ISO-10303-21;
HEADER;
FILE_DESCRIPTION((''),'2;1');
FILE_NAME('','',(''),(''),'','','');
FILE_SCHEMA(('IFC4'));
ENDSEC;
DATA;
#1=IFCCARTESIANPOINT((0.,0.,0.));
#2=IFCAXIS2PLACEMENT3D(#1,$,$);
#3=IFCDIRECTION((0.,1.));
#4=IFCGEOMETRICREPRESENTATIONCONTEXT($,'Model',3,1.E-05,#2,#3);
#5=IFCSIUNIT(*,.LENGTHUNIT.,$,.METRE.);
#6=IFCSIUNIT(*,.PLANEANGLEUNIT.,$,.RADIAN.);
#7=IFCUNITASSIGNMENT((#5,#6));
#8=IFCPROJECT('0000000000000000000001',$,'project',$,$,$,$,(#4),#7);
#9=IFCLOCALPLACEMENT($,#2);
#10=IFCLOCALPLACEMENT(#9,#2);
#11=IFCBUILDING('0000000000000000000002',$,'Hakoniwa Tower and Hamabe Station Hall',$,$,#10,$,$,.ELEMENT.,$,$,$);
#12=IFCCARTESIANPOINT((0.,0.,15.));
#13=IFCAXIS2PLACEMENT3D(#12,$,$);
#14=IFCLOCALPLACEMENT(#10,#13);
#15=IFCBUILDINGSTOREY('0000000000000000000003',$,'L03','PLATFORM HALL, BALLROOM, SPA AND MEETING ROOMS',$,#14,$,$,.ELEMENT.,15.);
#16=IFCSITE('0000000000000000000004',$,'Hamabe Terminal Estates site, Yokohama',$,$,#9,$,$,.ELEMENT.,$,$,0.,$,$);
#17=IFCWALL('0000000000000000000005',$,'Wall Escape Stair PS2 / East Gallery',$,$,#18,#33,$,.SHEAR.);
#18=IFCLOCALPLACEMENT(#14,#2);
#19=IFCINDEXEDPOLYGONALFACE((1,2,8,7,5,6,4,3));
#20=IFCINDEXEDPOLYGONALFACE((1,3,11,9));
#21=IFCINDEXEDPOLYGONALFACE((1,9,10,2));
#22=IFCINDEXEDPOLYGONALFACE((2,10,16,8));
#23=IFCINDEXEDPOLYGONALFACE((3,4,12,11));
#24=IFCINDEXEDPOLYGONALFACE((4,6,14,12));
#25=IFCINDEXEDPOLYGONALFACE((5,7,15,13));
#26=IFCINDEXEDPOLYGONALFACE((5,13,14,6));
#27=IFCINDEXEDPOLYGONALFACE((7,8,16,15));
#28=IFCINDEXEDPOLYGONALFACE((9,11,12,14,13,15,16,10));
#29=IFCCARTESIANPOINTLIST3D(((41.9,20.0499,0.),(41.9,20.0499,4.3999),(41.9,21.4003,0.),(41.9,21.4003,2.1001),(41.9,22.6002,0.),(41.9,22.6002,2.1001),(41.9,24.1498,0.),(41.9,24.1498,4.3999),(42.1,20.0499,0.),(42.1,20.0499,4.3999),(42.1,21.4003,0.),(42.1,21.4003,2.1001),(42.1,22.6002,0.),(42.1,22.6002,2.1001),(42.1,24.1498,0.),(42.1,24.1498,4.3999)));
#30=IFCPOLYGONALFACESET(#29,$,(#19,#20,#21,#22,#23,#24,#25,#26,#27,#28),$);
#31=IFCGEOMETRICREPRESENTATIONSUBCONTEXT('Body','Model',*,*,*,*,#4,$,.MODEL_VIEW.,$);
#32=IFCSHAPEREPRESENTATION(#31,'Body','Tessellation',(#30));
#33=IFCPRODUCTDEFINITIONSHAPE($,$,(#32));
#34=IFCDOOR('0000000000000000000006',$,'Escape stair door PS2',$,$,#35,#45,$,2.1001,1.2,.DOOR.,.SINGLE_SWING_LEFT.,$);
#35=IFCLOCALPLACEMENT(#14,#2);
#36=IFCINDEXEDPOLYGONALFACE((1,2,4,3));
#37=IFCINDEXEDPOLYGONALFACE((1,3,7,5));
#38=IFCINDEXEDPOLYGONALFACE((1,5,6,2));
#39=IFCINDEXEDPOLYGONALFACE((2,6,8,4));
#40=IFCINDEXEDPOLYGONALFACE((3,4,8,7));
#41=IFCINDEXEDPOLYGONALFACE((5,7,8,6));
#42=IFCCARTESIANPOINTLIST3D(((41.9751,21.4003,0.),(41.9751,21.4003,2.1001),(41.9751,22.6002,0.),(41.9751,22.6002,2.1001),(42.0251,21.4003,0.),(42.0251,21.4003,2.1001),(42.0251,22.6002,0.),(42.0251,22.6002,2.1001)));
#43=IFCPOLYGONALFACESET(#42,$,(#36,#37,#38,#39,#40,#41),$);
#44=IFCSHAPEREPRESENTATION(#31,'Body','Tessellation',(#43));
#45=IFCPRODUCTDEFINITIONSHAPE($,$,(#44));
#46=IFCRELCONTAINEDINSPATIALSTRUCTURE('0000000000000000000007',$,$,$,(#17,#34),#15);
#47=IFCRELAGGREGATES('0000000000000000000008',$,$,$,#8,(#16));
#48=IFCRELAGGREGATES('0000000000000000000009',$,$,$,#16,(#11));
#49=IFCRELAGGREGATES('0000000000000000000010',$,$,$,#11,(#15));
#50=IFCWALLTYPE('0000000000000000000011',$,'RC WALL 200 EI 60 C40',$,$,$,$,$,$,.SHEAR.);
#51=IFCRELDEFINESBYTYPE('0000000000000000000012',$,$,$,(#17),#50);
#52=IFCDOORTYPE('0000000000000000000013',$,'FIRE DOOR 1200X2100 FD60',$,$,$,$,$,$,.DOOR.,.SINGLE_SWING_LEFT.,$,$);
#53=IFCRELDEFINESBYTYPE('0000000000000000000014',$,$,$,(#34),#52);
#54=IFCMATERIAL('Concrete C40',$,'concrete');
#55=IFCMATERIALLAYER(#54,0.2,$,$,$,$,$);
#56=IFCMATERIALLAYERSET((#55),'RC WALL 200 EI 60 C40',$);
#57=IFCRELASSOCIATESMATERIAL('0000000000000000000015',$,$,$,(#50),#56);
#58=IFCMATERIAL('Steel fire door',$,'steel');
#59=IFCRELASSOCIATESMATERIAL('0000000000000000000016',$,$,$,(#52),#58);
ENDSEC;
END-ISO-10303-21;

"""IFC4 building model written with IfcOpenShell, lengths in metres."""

from ifc_helpers import new_model, si_unit, direction, frame, frame_2d, origin, place, context, subcontext, project, spatial, rectangle, extrude, material, layer, layer_set, type_object, element, fill, save


model = new_model("IFC4")

# Units and contexts
model_context = context("Model", 3, precision=1e-05, world=origin(), true_north=direction((0.0, 1.0)))
body_context = subcontext(model_context, "Body", "Model", "MODEL_VIEW")
ifc_project = project(units=[si_unit("LENGTHUNIT", "METRE"), si_unit("PLANEANGLEUNIT", "RADIAN")], contexts=[model_context])

# Site, building, storey
site_placement = place(None, origin())
site = spatial("IfcSite", under=ifc_project, at=site_placement, Name="Hamabe Terminal Estates site, Yokohama", CompositionType="ELEMENT", RefElevation=0.0)
building_placement = place(site_placement, origin())
building = spatial("IfcBuilding", under=site, at=building_placement, Name="Hakoniwa Tower and Hamabe Station Hall", CompositionType="ELEMENT")
storey_placement = place(building_placement, frame((0.0, 0.0, 15.0)))
storey = spatial("IfcBuildingStorey", under=building, at=storey_placement, Name="L03", Description="PLATFORM HALL, BALLROOM, SPA AND MEETING ROOMS", CompositionType="ELEMENT", Elevation=15.0)

# Wall, opening, door
ifc_material_1 = material(Name="Concrete C40", Category="concrete")
ifc_layer_1 = layer(ifc_material_1, 0.2)
ifc_layer_set_1 = layer_set([ifc_layer_1], Name="RC WALL 200 EI 60 C40")
wall_type_1 = type_object("IfcWallType", Name="RC WALL 200 EI 60 C40", PredefinedType="SHEAR", material=ifc_layer_set_1)
wall_1_placement = place(storey_placement, frame((42.0, 20.05, 0.0), z_axis=(0.0, 0.0, 1.0), x_axis=(0.0, 1.0, 0.0)))
wall_1 = element("IfcWall", 1, at=wall_1_placement, inside=storey, type_object=wall_type_1, Name="Wall Escape Stair PS2 / East Gallery", PredefinedType="SHEAR", context=body_context, shape_type="SweptSolid", body=[
    extrude(rectangle(XDim=4.0999, YDim=0.2, at=frame_2d((2.0498, 0.0))), origin(), (0.0, 0.0, 1.0), 4.3999),
])
opening_1_placement = place(wall_1_placement, frame((1.3501, 0.0, 0.0)))
opening_1 = element("IfcOpeningElement", 2, at=opening_1_placement, cuts=wall_1, PredefinedType="OPENING", context=body_context, shape_type="SweptSolid", body=[
    extrude(rectangle(XDim=1.2, YDim=2.1001, at=frame_2d((0.6001, 1.05))), frame((0.0, 0.1099, 0.0), z_axis=(0.0, -1.0, 0.0), x_axis=(1.0, 0.0, 0.0)), (0.0, 0.0, 1.0), 0.22),
])
ifc_material_2 = material(Name="Steel fire door", Category="steel")
door_type_1 = type_object("IfcDoorType", Name="FIRE DOOR 1200X2100 FD60", OperationType="SINGLE_SWING_LEFT", PredefinedType="DOOR", material=ifc_material_2)
door_1_placement = place(opening_1_placement, origin())
door_1 = element("IfcDoor", 3, at=door_1_placement, inside=storey, type_object=door_type_1, Name="Escape stair door PS2", OperationType="SINGLE_SWING_LEFT", OverallHeight=2.1001, OverallWidth=1.2, PredefinedType="DOOR", context=body_context, shape_type="SweptSolid", body=[
    extrude(rectangle(XDim=1.2, YDim=2.1001, at=frame_2d((0.6001, 1.05))), frame((0.0, 0.0249, 0.0), z_axis=(0.0, -1.0, 0.0), x_axis=(1.0, 0.0, 0.0)), (0.0, 0.0, 1.0), 0.05),
])
fill(opening_1, door_1)

save(model, "model.ifc")
